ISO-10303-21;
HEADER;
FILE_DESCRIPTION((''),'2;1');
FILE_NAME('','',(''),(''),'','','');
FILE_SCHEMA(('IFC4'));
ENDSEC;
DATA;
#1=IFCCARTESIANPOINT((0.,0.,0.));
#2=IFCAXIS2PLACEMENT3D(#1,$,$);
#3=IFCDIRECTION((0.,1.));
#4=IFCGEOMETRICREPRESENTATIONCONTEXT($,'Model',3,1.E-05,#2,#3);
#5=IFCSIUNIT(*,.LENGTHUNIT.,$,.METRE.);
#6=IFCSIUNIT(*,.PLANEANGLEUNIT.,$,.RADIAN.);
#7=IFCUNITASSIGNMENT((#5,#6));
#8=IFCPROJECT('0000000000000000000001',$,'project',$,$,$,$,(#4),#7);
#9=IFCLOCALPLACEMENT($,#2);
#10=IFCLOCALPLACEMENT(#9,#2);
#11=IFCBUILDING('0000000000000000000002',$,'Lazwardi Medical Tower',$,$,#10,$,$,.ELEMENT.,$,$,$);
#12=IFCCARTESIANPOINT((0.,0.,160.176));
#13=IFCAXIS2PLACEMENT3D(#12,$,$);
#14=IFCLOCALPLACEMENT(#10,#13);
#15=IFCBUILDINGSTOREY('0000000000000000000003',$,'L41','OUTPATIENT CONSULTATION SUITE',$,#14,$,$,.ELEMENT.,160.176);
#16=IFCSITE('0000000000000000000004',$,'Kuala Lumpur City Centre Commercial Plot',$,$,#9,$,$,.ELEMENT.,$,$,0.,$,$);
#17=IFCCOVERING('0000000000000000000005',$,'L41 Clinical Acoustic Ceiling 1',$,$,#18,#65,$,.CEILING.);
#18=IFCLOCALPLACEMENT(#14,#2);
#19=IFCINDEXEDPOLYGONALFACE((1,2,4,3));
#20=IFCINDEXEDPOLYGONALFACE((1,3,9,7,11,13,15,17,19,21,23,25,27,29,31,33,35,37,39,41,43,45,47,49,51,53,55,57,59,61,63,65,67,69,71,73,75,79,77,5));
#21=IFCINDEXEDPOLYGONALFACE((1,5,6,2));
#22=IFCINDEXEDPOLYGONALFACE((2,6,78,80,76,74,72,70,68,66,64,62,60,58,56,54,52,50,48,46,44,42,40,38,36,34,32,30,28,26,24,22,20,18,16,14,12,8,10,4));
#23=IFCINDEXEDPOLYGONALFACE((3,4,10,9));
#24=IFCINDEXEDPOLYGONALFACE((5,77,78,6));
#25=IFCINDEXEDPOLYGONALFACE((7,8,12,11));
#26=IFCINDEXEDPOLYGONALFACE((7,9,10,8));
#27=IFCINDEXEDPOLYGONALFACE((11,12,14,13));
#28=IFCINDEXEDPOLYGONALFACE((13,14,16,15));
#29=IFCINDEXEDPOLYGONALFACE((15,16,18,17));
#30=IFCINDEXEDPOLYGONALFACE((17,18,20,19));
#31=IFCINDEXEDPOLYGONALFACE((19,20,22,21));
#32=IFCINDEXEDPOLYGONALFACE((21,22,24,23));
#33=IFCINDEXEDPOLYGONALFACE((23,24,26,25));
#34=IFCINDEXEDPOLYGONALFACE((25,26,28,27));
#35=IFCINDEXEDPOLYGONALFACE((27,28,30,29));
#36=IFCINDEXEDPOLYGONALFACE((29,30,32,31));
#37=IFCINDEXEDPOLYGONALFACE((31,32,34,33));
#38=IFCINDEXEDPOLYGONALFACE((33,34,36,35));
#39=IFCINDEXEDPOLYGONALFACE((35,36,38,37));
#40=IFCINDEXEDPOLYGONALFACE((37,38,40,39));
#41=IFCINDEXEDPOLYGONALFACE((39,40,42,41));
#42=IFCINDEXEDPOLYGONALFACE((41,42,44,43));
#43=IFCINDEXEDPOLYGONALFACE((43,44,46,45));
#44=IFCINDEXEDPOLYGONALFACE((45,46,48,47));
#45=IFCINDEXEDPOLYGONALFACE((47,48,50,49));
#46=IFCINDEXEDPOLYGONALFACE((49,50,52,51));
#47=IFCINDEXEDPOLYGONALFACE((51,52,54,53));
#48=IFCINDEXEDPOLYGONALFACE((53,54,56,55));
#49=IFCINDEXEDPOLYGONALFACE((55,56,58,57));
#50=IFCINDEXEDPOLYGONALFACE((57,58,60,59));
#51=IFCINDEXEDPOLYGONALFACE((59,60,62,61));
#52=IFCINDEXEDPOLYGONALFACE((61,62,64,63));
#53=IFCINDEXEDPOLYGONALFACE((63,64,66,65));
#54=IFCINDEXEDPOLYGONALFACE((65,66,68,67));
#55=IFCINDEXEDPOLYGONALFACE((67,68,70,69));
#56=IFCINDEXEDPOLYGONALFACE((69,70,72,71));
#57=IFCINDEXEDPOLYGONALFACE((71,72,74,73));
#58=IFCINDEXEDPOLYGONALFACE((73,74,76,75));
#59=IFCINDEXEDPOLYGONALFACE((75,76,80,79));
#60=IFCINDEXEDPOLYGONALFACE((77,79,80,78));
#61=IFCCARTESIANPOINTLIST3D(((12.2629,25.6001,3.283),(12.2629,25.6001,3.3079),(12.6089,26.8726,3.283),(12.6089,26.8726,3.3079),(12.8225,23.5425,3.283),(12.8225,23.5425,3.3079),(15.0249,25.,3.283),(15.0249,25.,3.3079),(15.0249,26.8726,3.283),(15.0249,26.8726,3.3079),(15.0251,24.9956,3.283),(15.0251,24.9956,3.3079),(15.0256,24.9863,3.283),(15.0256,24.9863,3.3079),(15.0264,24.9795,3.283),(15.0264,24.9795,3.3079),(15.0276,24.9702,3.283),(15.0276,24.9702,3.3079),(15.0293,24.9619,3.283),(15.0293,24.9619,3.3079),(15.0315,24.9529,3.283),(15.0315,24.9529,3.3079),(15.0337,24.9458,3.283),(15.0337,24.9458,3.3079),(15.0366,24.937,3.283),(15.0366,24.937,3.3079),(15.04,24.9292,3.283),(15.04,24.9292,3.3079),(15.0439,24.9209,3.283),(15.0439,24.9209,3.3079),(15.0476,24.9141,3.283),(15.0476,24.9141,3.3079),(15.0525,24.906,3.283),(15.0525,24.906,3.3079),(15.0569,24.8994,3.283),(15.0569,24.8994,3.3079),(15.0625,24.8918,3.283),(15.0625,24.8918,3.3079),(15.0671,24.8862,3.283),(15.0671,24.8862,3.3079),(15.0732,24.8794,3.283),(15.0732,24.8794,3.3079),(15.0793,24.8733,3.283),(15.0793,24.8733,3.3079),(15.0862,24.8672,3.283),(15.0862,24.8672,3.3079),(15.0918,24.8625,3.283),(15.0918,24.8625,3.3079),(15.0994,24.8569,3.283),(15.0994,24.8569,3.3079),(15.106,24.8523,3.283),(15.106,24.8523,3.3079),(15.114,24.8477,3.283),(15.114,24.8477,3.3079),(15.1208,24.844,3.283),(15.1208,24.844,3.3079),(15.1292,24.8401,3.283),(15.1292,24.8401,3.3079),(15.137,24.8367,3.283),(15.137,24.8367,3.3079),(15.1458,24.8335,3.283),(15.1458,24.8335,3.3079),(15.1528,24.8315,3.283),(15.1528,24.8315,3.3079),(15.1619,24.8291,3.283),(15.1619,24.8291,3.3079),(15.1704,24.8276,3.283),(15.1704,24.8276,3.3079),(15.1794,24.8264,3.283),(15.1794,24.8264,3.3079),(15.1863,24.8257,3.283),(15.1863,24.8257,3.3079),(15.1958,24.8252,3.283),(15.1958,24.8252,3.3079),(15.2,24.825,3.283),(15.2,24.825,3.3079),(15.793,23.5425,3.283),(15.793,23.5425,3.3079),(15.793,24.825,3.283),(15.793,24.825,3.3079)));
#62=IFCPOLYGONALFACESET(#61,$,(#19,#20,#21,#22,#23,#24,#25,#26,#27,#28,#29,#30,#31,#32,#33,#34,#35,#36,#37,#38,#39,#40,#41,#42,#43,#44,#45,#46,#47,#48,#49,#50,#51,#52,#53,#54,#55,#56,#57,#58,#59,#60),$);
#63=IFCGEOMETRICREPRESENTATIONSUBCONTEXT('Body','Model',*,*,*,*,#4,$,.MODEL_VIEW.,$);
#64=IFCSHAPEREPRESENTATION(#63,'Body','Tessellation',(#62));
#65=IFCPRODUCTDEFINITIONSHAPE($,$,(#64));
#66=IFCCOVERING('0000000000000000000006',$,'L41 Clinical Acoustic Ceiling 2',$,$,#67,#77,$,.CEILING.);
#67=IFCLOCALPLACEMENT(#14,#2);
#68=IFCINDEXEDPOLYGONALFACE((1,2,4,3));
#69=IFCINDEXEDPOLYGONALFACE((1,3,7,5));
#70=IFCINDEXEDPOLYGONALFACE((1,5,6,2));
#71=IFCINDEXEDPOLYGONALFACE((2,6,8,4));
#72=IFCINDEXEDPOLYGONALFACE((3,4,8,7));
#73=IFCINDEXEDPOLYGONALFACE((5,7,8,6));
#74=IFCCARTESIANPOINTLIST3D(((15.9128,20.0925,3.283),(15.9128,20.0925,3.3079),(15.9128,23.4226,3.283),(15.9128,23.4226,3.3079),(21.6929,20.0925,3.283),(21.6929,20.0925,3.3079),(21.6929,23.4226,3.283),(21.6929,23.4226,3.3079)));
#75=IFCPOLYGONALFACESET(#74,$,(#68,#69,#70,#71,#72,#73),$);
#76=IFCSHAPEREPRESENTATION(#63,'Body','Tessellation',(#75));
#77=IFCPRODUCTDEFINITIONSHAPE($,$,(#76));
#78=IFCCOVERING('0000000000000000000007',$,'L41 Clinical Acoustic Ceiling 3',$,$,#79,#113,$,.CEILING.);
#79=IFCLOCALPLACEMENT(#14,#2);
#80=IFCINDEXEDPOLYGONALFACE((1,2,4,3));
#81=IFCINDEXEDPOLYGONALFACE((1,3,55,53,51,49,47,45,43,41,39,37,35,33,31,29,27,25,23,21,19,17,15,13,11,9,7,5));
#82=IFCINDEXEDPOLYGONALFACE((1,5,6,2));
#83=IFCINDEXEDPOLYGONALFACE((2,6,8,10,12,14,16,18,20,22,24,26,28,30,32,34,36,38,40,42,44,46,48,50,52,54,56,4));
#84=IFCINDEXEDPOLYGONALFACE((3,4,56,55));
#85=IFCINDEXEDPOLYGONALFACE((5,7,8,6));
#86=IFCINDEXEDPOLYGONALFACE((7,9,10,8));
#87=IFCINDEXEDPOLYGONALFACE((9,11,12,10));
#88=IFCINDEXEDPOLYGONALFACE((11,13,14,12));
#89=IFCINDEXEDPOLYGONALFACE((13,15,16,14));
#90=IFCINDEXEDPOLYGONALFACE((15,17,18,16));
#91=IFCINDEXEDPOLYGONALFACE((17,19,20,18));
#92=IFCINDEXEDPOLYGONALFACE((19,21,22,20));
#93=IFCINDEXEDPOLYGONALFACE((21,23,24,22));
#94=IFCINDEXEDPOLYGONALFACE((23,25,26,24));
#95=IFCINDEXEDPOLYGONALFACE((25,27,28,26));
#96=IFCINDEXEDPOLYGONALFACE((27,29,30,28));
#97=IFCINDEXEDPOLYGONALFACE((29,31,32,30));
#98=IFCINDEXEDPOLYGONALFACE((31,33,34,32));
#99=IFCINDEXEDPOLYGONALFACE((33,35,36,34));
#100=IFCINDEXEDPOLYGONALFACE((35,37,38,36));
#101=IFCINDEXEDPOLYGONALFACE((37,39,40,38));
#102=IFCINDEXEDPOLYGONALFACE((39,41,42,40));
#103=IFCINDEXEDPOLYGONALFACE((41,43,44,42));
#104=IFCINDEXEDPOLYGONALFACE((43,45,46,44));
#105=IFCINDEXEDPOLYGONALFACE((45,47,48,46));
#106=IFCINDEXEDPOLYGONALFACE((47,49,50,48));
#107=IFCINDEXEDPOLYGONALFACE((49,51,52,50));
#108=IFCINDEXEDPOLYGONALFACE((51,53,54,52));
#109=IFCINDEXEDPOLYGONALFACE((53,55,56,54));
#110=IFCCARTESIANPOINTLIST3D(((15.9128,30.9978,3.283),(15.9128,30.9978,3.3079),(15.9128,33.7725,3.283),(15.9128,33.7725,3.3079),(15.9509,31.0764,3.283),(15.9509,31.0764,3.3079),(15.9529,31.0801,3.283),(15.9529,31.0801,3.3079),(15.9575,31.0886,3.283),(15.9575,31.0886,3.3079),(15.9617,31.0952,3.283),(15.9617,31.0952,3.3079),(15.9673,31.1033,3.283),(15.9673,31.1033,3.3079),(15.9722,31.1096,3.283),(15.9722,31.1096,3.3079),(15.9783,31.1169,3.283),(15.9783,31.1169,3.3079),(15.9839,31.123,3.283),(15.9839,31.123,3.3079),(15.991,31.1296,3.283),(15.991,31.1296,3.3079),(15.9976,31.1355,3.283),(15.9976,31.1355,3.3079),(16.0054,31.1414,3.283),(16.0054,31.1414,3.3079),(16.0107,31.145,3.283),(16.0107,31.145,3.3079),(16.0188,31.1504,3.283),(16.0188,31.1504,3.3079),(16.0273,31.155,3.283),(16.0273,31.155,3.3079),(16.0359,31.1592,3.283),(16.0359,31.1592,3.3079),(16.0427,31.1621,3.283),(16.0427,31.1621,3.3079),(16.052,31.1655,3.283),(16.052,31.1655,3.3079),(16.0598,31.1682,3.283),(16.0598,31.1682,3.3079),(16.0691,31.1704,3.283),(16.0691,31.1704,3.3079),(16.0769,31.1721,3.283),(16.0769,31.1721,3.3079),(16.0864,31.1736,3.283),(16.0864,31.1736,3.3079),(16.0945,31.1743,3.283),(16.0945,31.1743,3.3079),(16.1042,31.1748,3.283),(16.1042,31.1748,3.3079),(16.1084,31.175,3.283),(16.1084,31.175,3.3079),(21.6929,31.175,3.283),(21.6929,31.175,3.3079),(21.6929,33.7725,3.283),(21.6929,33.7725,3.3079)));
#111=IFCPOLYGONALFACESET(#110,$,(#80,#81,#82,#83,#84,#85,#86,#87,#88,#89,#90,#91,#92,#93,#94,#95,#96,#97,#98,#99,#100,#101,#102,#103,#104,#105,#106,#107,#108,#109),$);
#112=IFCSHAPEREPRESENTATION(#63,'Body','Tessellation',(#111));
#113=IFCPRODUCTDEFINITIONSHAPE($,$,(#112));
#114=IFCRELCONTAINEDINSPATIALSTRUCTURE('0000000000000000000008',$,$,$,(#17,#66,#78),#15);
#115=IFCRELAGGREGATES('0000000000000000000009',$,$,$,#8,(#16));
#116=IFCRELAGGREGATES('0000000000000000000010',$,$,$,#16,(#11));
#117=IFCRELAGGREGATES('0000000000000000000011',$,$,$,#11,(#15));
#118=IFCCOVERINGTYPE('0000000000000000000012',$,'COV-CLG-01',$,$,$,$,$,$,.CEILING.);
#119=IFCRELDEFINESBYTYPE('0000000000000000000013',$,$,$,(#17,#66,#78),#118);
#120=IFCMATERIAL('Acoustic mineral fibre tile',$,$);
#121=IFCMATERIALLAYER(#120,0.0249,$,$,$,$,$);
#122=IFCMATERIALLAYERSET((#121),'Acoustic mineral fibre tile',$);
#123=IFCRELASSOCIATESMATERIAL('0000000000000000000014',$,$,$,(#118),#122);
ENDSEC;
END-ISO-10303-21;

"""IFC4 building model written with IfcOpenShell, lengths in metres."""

from ifc_helpers import new_model, si_unit, direction, frame, origin, place, context, subcontext, project, spatial, polyline, outline, extrude, material, layer, layer_set, type_object, element, save


model = new_model("IFC4")

# Units and contexts
model_context = context("Model", 3, precision=1e-05, world=origin(), true_north=direction((0.0, 1.0)))
body_context = subcontext(model_context, "Body", "Model", "MODEL_VIEW")
ifc_project = project(units=[si_unit("LENGTHUNIT", "METRE"), si_unit("PLANEANGLEUNIT", "RADIAN")], contexts=[model_context])

# Site, building, storey
site_placement = place(None, origin())
site = spatial("IfcSite", under=ifc_project, at=site_placement, Name="Kuala Lumpur City Centre Commercial Plot", CompositionType="ELEMENT", RefElevation=0.0)
building_placement = place(site_placement, origin())
building = spatial("IfcBuilding", under=site, at=building_placement, Name="Lazwardi Medical Tower", CompositionType="ELEMENT")
storey_placement = place(building_placement, frame((0.0, 0.0, 160.176)))
storey = spatial("IfcBuildingStorey", under=building, at=storey_placement, Name="L41", Description="OUTPATIENT CONSULTATION SUITE", CompositionType="ELEMENT", Elevation=160.176)

# Coverings
ifc_material_1 = material(Name="Acoustic mineral fibre tile")
ifc_layer_1 = layer(ifc_material_1, 0.0249)
ifc_layer_set_1 = layer_set([ifc_layer_1], Name="Acoustic mineral fibre tile")
covering_type_1 = type_object("IfcCoveringType", Name="COV-CLG-01", PredefinedType="CEILING", material=ifc_layer_set_1)
covering_1_placement = place(storey_placement, frame((0.0, 0.0, 3.283)))
element("IfcCovering", 1, at=covering_1_placement, inside=storey, type_object=covering_type_1, Name="L41 Clinical Acoustic Ceiling 1", PredefinedType="CEILING", context=body_context, shape_type="SweptSolid", body=[
    extrude(outline(polyline([(15.793, 24.825), (15.2, 24.825), (15.1958, 24.8252), (15.1863, 24.8257), (15.1794, 24.8264), (15.1704, 24.8276), (15.1619, 24.8291), (15.1528, 24.8315), (15.1458, 24.8335), (15.137, 24.8367), (15.1292, 24.8401), (15.1208, 24.844), (15.114, 24.8477), (15.106, 24.8523), (15.0994, 24.8569), (15.0918, 24.8625), (15.0862, 24.8672), (15.0793, 24.8733), (15.0732, 24.8794), (15.0671, 24.8862), (15.0625, 24.8918), (15.0569, 24.8994), (15.0525, 24.906), (15.0476, 24.9141), (15.0439, 24.9209), (15.04, 24.9292), (15.0366, 24.937), (15.0337, 24.9458), (15.0315, 24.9529), (15.0293, 24.9619), (15.0276, 24.9702), (15.0264, 24.9795), (15.0256, 24.9863), (15.0251, 24.9956), (15.0249, 25.0), (15.0249, 26.8726), (12.6089, 26.8726), (12.2629, 25.6001), (12.8225, 23.5425), (15.793, 23.5425), (15.793, 24.825)])), origin(), (0.0, 0.0, 1.0), 0.0249),
])
covering_2_placement = place(storey_placement, frame((0.0, 0.0, 3.283)))
element("IfcCovering", 2, at=covering_2_placement, inside=storey, type_object=covering_type_1, Name="L41 Clinical Acoustic Ceiling 2", PredefinedType="CEILING", context=body_context, shape_type="SweptSolid", body=[
    extrude(outline(polyline([(21.6929, 20.0925), (21.6929, 23.4226), (15.9128, 23.4226), (15.9128, 20.0925), (21.6929, 20.0925)])), origin(), (0.0, 0.0, 1.0), 0.0249),
])
covering_3_placement = place(storey_placement, frame((0.0, 0.0, 3.283)))
element("IfcCovering", 3, at=covering_3_placement, inside=storey, type_object=covering_type_1, Name="L41 Clinical Acoustic Ceiling 3", PredefinedType="CEILING", context=body_context, shape_type="SweptSolid", body=[
    extrude(outline(polyline([(15.9128, 30.9978), (15.9509, 31.0764), (15.9529, 31.0801), (15.9575, 31.0886), (15.9617, 31.0952), (15.9673, 31.1033), (15.9722, 31.1096), (15.9783, 31.1169), (15.9839, 31.123), (15.991, 31.1296), (15.9976, 31.1355), (16.0054, 31.1414), (16.0107, 31.145), (16.0188, 31.1504), (16.0273, 31.155), (16.0359, 31.1592), (16.0427, 31.1621), (16.052, 31.1655), (16.0598, 31.1682), (16.0691, 31.1704), (16.0769, 31.1721), (16.0864, 31.1736), (16.0945, 31.1743), (16.1042, 31.1748), (16.1084, 31.175), (21.6929, 31.175), (21.6929, 33.7725), (15.9128, 33.7725), (15.9128, 30.9978)])), origin(), (0.0, 0.0, 1.0), 0.0249),
])

save(model, "model.ifc")
